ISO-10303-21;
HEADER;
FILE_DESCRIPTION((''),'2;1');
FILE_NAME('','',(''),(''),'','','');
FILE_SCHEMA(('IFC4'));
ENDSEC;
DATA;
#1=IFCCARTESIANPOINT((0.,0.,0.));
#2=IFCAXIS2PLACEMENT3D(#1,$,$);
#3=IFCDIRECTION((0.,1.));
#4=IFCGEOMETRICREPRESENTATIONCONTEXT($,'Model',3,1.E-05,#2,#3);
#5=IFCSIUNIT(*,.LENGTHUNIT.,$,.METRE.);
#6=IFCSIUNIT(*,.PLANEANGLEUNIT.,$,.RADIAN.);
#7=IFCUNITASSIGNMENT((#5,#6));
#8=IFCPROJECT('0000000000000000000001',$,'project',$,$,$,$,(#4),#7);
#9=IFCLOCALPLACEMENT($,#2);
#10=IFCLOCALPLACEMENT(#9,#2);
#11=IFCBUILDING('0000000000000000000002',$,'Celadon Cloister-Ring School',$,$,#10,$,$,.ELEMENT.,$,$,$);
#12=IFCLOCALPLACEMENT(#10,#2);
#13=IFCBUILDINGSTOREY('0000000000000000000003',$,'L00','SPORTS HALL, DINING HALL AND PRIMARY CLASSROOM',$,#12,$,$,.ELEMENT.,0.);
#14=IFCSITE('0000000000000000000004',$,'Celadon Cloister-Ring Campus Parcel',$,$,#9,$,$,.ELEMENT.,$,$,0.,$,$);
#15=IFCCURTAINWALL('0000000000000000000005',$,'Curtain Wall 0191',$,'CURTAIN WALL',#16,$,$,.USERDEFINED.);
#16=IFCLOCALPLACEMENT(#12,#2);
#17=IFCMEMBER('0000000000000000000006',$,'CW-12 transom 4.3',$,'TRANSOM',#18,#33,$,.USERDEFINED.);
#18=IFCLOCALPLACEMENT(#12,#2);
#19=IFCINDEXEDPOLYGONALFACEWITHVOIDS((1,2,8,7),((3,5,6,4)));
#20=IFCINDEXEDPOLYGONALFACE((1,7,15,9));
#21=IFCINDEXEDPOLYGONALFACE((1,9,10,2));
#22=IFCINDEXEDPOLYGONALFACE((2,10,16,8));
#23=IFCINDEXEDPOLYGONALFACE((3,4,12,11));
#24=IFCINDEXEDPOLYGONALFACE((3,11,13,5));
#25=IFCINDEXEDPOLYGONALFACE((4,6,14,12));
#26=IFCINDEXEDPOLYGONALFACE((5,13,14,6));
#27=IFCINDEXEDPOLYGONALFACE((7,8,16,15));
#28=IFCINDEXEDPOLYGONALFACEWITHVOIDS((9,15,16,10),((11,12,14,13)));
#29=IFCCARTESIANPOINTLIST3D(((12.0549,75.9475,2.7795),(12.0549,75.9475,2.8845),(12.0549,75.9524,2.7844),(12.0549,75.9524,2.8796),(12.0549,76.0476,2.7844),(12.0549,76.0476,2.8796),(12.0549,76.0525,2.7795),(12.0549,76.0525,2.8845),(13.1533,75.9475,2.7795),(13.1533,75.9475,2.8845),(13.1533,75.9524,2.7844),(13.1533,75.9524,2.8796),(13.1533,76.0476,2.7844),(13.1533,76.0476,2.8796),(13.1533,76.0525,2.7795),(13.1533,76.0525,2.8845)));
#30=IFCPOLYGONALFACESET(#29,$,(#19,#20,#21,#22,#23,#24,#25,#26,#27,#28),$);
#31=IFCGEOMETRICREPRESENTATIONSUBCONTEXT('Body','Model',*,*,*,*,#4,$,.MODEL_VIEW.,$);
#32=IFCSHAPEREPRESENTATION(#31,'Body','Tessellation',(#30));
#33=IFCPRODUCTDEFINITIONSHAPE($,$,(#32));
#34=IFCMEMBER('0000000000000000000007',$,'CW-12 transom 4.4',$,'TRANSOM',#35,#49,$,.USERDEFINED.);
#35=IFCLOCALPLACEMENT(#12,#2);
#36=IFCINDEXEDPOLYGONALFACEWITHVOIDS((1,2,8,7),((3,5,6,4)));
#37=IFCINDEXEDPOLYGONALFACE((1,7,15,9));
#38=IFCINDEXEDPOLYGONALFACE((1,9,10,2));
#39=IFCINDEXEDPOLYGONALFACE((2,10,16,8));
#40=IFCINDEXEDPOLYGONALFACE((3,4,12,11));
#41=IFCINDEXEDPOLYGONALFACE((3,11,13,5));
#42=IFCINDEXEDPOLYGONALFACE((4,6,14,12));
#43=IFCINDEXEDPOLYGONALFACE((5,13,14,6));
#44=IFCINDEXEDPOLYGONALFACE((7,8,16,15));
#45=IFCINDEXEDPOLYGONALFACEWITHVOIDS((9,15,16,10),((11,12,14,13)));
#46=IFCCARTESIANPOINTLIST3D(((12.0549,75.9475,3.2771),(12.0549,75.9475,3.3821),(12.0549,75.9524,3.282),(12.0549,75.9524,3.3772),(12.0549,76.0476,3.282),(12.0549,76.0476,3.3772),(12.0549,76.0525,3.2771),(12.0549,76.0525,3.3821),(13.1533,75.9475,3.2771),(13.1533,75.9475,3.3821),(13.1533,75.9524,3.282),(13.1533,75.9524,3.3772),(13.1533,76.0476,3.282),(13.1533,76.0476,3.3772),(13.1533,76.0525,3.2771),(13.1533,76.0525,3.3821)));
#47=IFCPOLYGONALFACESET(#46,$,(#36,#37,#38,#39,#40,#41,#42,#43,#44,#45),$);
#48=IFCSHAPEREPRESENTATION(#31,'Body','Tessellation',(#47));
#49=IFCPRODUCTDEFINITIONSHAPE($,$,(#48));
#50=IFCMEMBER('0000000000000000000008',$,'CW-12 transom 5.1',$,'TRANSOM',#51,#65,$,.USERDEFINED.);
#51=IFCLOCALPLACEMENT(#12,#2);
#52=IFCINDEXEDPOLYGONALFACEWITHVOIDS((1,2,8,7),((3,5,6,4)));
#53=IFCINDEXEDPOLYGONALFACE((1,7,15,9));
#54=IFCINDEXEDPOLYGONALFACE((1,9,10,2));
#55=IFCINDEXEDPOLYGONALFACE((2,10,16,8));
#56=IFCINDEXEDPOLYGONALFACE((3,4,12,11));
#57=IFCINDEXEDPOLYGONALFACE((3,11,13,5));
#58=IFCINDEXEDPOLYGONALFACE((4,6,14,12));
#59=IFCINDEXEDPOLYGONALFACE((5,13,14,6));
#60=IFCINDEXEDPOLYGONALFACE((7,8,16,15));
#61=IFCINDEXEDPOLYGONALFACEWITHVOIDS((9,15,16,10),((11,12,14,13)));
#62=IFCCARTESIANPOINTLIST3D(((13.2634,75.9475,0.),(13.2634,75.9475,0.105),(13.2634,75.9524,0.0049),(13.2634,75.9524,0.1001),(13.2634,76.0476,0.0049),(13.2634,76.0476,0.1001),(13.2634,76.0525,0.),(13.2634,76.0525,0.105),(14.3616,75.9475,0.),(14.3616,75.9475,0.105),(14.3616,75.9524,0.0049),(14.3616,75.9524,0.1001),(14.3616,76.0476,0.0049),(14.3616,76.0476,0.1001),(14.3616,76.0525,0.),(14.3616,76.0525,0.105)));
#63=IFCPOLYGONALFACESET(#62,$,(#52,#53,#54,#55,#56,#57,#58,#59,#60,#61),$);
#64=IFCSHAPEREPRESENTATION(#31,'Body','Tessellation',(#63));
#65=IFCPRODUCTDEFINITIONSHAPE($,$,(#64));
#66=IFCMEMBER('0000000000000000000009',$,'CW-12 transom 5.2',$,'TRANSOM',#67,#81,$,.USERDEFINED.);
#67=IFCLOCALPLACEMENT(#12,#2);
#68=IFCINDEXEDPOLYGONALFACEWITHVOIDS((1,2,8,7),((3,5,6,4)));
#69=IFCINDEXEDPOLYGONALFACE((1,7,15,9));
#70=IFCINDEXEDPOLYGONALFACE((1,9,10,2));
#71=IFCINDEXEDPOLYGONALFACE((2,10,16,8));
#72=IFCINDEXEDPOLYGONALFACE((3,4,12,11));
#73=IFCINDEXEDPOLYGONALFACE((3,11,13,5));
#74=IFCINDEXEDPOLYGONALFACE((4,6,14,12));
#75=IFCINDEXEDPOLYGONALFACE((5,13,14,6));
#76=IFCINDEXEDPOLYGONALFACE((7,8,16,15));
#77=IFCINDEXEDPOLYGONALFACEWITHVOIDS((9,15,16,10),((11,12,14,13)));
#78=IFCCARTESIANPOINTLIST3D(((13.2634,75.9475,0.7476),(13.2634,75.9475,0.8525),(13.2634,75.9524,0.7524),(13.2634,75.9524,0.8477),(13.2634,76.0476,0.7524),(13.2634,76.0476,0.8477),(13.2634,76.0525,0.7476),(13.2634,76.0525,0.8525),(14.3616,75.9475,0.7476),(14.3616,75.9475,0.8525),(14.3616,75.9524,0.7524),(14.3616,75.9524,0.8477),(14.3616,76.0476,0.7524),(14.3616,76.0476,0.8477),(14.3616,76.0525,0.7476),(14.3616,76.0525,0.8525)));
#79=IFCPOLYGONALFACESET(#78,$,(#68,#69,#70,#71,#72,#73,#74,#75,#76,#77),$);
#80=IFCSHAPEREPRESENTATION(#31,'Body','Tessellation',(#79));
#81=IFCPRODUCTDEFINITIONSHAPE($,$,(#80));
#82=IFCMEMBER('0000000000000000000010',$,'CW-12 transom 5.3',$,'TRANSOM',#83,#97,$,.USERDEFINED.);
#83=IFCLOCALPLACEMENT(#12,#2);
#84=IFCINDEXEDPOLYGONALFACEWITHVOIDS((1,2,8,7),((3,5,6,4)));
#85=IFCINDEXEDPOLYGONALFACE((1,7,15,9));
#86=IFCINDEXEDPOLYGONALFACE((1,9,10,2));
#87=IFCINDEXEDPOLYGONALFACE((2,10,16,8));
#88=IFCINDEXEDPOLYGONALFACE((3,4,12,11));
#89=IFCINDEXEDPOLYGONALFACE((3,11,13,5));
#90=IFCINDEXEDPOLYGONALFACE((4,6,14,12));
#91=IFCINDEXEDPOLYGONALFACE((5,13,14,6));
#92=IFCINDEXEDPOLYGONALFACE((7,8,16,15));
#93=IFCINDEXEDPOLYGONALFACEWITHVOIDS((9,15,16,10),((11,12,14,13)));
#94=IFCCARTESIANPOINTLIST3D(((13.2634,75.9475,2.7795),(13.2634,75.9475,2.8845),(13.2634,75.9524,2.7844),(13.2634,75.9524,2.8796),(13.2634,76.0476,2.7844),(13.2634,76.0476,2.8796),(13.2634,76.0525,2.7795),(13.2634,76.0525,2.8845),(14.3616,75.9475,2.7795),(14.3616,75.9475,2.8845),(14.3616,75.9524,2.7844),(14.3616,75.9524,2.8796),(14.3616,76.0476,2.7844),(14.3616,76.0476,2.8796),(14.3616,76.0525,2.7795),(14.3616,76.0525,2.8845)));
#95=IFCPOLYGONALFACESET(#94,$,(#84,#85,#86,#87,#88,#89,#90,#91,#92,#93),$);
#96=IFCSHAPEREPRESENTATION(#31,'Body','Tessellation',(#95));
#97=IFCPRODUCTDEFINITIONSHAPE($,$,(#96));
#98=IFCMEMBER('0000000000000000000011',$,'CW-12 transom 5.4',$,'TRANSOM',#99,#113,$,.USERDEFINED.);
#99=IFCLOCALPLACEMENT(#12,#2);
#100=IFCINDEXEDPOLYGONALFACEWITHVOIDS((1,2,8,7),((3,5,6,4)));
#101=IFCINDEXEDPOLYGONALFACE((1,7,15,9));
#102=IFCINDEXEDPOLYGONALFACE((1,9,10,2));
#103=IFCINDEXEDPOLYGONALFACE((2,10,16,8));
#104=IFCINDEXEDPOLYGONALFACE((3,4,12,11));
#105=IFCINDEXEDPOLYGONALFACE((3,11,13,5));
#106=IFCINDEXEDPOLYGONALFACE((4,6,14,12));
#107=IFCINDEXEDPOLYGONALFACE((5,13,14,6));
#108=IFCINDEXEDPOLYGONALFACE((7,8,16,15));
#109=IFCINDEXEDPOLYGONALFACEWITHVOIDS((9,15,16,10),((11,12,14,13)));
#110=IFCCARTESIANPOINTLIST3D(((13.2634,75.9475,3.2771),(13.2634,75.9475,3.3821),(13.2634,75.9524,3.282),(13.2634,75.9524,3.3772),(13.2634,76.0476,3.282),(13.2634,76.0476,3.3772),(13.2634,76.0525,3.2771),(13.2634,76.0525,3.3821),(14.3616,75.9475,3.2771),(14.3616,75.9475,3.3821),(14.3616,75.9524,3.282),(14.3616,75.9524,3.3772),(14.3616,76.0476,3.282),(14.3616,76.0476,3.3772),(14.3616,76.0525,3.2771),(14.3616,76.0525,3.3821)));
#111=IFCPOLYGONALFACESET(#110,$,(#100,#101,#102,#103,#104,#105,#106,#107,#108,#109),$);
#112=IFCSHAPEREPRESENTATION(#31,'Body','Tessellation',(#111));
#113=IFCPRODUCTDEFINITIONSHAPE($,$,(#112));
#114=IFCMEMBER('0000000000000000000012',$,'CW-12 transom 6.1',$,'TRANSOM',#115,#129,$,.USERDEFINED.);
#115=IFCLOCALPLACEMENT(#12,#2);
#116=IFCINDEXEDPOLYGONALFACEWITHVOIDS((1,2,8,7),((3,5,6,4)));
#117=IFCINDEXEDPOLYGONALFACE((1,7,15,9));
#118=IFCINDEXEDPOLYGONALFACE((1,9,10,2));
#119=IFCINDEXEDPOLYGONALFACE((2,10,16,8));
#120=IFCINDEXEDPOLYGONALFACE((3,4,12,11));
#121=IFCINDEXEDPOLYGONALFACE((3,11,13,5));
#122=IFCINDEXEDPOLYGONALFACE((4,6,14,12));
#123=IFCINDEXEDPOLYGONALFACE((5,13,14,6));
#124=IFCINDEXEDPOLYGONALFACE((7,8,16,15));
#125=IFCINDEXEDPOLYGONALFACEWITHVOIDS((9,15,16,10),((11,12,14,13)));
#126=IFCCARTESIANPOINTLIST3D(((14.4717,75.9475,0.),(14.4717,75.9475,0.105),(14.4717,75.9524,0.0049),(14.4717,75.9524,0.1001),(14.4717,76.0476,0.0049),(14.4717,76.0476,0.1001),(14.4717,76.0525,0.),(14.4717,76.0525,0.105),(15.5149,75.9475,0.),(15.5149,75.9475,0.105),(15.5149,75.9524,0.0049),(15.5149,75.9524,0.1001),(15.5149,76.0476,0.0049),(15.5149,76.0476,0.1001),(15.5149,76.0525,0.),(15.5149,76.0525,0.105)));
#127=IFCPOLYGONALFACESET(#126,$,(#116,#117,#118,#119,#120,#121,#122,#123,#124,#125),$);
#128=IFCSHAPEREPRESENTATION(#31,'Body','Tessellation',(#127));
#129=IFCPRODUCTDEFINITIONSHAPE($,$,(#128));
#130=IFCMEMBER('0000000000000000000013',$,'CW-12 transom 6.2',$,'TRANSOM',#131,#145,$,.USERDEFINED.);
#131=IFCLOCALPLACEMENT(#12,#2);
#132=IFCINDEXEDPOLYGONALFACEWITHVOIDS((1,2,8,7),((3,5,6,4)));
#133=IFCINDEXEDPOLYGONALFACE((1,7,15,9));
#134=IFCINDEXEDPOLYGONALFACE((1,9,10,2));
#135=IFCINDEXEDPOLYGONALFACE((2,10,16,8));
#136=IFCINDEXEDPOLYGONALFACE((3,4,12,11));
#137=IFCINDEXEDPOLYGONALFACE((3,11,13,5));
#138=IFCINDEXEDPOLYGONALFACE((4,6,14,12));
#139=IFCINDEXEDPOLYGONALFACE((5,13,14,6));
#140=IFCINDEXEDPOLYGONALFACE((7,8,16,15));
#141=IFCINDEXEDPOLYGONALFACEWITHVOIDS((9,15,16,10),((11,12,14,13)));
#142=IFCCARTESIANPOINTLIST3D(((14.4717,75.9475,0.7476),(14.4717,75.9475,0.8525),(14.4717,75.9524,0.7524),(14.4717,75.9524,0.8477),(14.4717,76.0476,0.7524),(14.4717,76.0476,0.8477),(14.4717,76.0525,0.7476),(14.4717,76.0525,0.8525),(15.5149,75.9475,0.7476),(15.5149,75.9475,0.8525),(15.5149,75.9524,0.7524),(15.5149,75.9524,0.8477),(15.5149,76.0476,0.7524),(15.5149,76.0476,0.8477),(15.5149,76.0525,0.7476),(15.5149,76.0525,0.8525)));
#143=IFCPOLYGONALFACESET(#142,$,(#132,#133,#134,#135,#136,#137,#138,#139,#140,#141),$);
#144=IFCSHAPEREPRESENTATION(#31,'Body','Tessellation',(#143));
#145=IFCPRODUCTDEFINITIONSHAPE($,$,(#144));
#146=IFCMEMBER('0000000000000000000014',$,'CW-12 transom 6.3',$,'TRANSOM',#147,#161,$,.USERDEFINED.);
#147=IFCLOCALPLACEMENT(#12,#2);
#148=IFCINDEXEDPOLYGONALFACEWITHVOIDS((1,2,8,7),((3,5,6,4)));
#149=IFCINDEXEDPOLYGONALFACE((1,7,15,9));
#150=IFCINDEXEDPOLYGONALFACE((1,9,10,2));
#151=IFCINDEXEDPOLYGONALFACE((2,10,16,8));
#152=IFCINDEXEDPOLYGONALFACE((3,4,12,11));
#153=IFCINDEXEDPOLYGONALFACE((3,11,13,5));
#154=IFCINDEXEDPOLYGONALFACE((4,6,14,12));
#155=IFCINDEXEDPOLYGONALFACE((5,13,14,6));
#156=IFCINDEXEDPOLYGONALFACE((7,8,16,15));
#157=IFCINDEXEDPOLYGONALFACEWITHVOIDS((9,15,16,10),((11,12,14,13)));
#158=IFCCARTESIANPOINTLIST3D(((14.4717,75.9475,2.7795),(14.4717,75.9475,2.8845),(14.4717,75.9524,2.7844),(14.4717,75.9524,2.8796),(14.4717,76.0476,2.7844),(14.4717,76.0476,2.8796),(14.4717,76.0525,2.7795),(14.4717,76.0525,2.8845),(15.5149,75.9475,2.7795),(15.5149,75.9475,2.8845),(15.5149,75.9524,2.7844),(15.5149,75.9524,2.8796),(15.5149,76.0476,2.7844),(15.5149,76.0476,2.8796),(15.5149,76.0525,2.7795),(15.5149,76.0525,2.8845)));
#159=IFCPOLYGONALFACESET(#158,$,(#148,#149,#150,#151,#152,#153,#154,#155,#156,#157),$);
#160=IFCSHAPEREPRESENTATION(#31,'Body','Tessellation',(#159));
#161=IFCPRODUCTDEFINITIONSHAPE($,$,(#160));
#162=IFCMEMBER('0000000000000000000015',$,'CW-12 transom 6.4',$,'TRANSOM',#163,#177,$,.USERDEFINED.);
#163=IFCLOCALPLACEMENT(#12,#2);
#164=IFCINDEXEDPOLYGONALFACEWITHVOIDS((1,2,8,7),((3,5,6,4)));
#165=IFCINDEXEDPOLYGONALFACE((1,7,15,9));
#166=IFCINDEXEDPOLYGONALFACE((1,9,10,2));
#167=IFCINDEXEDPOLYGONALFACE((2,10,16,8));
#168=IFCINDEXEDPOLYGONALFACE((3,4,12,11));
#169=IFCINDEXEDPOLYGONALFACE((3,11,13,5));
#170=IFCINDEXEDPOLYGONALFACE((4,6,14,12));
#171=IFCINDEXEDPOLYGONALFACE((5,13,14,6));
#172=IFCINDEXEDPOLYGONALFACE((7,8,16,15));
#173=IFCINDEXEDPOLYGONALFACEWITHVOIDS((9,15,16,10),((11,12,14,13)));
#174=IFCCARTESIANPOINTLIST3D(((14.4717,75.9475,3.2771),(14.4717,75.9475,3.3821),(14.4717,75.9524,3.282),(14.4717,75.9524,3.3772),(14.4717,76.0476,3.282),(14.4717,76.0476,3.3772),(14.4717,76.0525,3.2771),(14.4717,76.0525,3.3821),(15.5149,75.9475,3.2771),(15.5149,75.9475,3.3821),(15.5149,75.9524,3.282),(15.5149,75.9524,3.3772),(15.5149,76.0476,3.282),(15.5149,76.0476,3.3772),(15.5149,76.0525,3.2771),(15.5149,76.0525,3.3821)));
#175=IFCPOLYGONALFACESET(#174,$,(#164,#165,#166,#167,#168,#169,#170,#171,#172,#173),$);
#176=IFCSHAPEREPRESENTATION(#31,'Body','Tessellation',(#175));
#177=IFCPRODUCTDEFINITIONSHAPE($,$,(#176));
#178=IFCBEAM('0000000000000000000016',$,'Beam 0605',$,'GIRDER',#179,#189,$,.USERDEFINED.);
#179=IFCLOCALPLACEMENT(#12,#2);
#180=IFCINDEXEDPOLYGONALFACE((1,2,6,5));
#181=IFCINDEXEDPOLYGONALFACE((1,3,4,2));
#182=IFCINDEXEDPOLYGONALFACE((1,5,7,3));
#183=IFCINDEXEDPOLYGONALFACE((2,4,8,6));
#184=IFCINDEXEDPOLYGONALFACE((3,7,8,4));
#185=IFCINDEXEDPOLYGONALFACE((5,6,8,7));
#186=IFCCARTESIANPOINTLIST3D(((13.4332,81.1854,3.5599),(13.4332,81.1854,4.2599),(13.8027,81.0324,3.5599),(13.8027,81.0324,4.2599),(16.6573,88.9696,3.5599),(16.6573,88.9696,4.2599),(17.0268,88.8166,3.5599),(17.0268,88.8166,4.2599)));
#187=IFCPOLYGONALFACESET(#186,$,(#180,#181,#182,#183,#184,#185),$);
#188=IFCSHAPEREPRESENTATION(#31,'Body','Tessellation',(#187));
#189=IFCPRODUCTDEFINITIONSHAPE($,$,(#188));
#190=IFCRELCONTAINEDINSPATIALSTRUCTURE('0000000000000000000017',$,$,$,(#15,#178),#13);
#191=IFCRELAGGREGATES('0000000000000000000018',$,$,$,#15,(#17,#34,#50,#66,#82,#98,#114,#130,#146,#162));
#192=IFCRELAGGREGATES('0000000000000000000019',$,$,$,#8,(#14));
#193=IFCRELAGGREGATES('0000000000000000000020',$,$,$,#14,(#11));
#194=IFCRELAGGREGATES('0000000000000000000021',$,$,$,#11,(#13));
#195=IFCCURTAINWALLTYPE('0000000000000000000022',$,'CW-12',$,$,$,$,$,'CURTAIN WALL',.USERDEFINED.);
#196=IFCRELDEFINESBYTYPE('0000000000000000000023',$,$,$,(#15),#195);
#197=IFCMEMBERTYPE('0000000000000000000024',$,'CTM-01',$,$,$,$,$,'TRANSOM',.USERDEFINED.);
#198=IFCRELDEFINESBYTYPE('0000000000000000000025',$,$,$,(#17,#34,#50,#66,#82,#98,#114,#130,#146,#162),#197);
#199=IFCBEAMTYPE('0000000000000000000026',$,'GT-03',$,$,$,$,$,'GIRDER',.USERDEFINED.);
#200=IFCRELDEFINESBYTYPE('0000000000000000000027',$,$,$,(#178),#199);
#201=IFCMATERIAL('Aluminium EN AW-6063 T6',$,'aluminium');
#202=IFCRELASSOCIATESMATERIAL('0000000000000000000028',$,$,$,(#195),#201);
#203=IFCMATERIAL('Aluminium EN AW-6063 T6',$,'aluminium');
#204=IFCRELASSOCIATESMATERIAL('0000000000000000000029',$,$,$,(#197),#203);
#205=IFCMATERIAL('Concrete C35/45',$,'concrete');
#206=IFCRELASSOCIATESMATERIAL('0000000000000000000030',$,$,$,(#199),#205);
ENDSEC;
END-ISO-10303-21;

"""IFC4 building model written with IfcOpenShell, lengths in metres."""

from ifc_helpers import new_model, si_unit, direction, frame, origin, origin_2d, place, context, subcontext, project, spatial, rectangle, hollow_rectangle, extrude, material, material_profile, profile_set, type_object, element, aggregate, save


model = new_model("IFC4")

# Units and contexts
model_context = context("Model", 3, precision=1e-05, world=origin(), true_north=direction((0.0, 1.0)))
body_context = subcontext(model_context, "Body", "Model", "MODEL_VIEW")
ifc_project = project(units=[si_unit("LENGTHUNIT", "METRE"), si_unit("PLANEANGLEUNIT", "RADIAN")], contexts=[model_context])

# Site, building, storey
site_placement = place(None, origin())
site = spatial("IfcSite", under=ifc_project, at=site_placement, Name="Celadon Cloister-Ring Campus Parcel", CompositionType="ELEMENT", RefElevation=0.0)
building_placement = place(site_placement, origin())
building = spatial("IfcBuilding", under=site, at=building_placement, Name="Celadon Cloister-Ring School", CompositionType="ELEMENT")
storey_placement = place(building_placement, origin())
storey = spatial("IfcBuildingStorey", under=building, at=storey_placement, Name="L00", Description="SPORTS HALL, DINING HALL AND PRIMARY CLASSROOM", CompositionType="ELEMENT", Elevation=0.0)

# Curtain wall, members
ifc_material_1 = material(Name="Aluminium EN AW-6063 T6", Category="aluminium")
curtain_wall_type = type_object("IfcCurtainWallType", Name="CW-12", ElementType="CURTAIN WALL", PredefinedType="USERDEFINED", material=ifc_material_1)
curtain_wall_placement = place(storey_placement, origin())
curtain_wall = element("IfcCurtainWall", 1, at=curtain_wall_placement, inside=storey, type_object=curtain_wall_type, Name="Curtain Wall 0191", ObjectType="CURTAIN WALL", PredefinedType="USERDEFINED")
ifc_material_2 = material(Name="Aluminium EN AW-6063 T6", Category="aluminium")
ifc_material_profile_1 = material_profile(ifc_material_2, hollow_rectangle(XDim=0.105, YDim=0.105, WallThickness=0.0049, at=origin_2d()), Name="RHS105X105X5")
ifc_profile_set_1 = profile_set([ifc_material_profile_1], Name="Aluminium EN AW-6063 T6")
member_type_1 = type_object("IfcMemberType", Name="CTM-01", ElementType="TRANSOM", PredefinedType="USERDEFINED", material=ifc_profile_set_1)
member_1_placement = place(storey_placement, frame((12.0549, 76.0, 2.832), z_axis=(1.0, 0.0, 0.0), x_axis=(0.0, 1.0, 0.0)))
member_1 = element("IfcMember", 2, at=member_1_placement, type_object=member_type_1, Name="CW-12 transom 4.3", ObjectType="TRANSOM", PredefinedType="USERDEFINED", context=body_context, shape_type="SweptSolid", body=[
    extrude(hollow_rectangle(XDim=0.105, YDim=0.105, WallThickness=0.0049, at=origin_2d()), origin(), (0.0, 0.0, 1.0), 1.0984),
])
member_2_placement = place(storey_placement, frame((12.0549, 76.0, 3.3296), z_axis=(1.0, 0.0, 0.0), x_axis=(0.0, 1.0, 0.0)))
member_2 = element("IfcMember", 3, at=member_2_placement, type_object=member_type_1, Name="CW-12 transom 4.4", ObjectType="TRANSOM", PredefinedType="USERDEFINED", context=body_context, shape_type="SweptSolid", body=[
    extrude(hollow_rectangle(XDim=0.105, YDim=0.105, WallThickness=0.0049, at=origin_2d()), origin(), (0.0, 0.0, 1.0), 1.0984),
])
member_3_placement = place(storey_placement, frame((13.2634, 76.0, 0.0525), z_axis=(1.0, 0.0, 0.0), x_axis=(0.0, 1.0, 0.0)))
member_3 = element("IfcMember", 4, at=member_3_placement, type_object=member_type_1, Name="CW-12 transom 5.1", ObjectType="TRANSOM", PredefinedType="USERDEFINED", context=body_context, shape_type="SweptSolid", body=[
    extrude(hollow_rectangle(XDim=0.105, YDim=0.105, WallThickness=0.0049, at=origin_2d()), origin(), (0.0, 0.0, 1.0), 1.0981),
])
member_4_placement = place(storey_placement, frame((13.2634, 76.0, 0.8), z_axis=(1.0, 0.0, 0.0), x_axis=(0.0, 1.0, 0.0)))
member_4 = element("IfcMember", 5, at=member_4_placement, type_object=member_type_1, Name="CW-12 transom 5.2", ObjectType="TRANSOM", PredefinedType="USERDEFINED", context=body_context, shape_type="SweptSolid", body=[
    extrude(hollow_rectangle(XDim=0.105, YDim=0.105, WallThickness=0.0049, at=origin_2d()), origin(), (0.0, 0.0, 1.0), 1.0981),
])
member_5_placement = place(storey_placement, frame((13.2634, 76.0, 2.832), z_axis=(1.0, 0.0, 0.0), x_axis=(0.0, 1.0, 0.0)))
member_5 = element("IfcMember", 6, at=member_5_placement, type_object=member_type_1, Name="CW-12 transom 5.3", ObjectType="TRANSOM", PredefinedType="USERDEFINED", context=body_context, shape_type="SweptSolid", body=[
    extrude(hollow_rectangle(XDim=0.105, YDim=0.105, WallThickness=0.0049, at=origin_2d()), origin(), (0.0, 0.0, 1.0), 1.0981),
])
member_6_placement = place(storey_placement, frame((13.2634, 76.0, 3.3296), z_axis=(1.0, 0.0, 0.0), x_axis=(0.0, 1.0, 0.0)))
member_6 = element("IfcMember", 7, at=member_6_placement, type_object=member_type_1, Name="CW-12 transom 5.4", ObjectType="TRANSOM", PredefinedType="USERDEFINED", context=body_context, shape_type="SweptSolid", body=[
    extrude(hollow_rectangle(XDim=0.105, YDim=0.105, WallThickness=0.0049, at=origin_2d()), origin(), (0.0, 0.0, 1.0), 1.0981),
])
member_7_placement = place(storey_placement, frame((14.4717, 76.0, 0.0525), z_axis=(1.0, 0.0, 0.0), x_axis=(0.0, 1.0, 0.0)))
member_7 = element("IfcMember", 8, at=member_7_placement, type_object=member_type_1, Name="CW-12 transom 6.1", ObjectType="TRANSOM", PredefinedType="USERDEFINED", context=body_context, shape_type="SweptSolid", body=[
    extrude(hollow_rectangle(XDim=0.105, YDim=0.105, WallThickness=0.0049, at=origin_2d()), origin(), (0.0, 0.0, 1.0), 1.0432),
])
member_8_placement = place(storey_placement, frame((14.4717, 76.0, 0.8), z_axis=(1.0, 0.0, 0.0), x_axis=(0.0, 1.0, 0.0)))
member_8 = element("IfcMember", 9, at=member_8_placement, type_object=member_type_1, Name="CW-12 transom 6.2", ObjectType="TRANSOM", PredefinedType="USERDEFINED", context=body_context, shape_type="SweptSolid", body=[
    extrude(hollow_rectangle(XDim=0.105, YDim=0.105, WallThickness=0.0049, at=origin_2d()), origin(), (0.0, 0.0, 1.0), 1.0432),
])
member_9_placement = place(storey_placement, frame((14.4717, 76.0, 2.832), z_axis=(1.0, 0.0, 0.0), x_axis=(0.0, 1.0, 0.0)))
member_9 = element("IfcMember", 10, at=member_9_placement, type_object=member_type_1, Name="CW-12 transom 6.3", ObjectType="TRANSOM", PredefinedType="USERDEFINED", context=body_context, shape_type="SweptSolid", body=[
    extrude(hollow_rectangle(XDim=0.105, YDim=0.105, WallThickness=0.0049, at=origin_2d()), origin(), (0.0, 0.0, 1.0), 1.0432),
])
member_10_placement = place(storey_placement, frame((14.4717, 76.0, 3.3296), z_axis=(1.0, 0.0, 0.0), x_axis=(0.0, 1.0, 0.0)))
member_10 = element("IfcMember", 11, at=member_10_placement, type_object=member_type_1, Name="CW-12 transom 6.4", ObjectType="TRANSOM", PredefinedType="USERDEFINED", context=body_context, shape_type="SweptSolid", body=[
    extrude(hollow_rectangle(XDim=0.105, YDim=0.105, WallThickness=0.0049, at=origin_2d()), origin(), (0.0, 0.0, 1.0), 1.0432),
])

# Beam
ifc_material_3 = material(Name="Concrete C35/45", Category="concrete")
ifc_material_profile_2 = material_profile(ifc_material_3, rectangle(XDim=0.3999, YDim=0.7, at=origin_2d()), Name="RC400X700")
ifc_profile_set_2 = profile_set([ifc_material_profile_2], Name="Concrete C35/45")
beam_type_1 = type_object("IfcBeamType", Name="GT-03", ElementType="GIRDER", PredefinedType="USERDEFINED", material=ifc_profile_set_2)
beam_1_placement = place(storey_placement, frame((13.6179, 81.1089, 3.9099), z_axis=(0.382664, 0.923888, 0.0), x_axis=(-0.923888, 0.382664, 0.0)))
element("IfcBeam", 12, at=beam_1_placement, inside=storey, type_object=beam_type_1, Name="Beam 0605", ObjectType="GIRDER", PredefinedType="USERDEFINED", context=body_context, shape_type="SweptSolid", body=[
    extrude(rectangle(XDim=0.3999, YDim=0.7, at=origin_2d()), origin(), (0.0, 0.0, 1.0), 8.4255),
])

aggregate(curtain_wall, [member_1, member_2, member_3, member_4, member_5, member_6, member_7, member_8, member_9, member_10])

save(model, "model.ifc")
